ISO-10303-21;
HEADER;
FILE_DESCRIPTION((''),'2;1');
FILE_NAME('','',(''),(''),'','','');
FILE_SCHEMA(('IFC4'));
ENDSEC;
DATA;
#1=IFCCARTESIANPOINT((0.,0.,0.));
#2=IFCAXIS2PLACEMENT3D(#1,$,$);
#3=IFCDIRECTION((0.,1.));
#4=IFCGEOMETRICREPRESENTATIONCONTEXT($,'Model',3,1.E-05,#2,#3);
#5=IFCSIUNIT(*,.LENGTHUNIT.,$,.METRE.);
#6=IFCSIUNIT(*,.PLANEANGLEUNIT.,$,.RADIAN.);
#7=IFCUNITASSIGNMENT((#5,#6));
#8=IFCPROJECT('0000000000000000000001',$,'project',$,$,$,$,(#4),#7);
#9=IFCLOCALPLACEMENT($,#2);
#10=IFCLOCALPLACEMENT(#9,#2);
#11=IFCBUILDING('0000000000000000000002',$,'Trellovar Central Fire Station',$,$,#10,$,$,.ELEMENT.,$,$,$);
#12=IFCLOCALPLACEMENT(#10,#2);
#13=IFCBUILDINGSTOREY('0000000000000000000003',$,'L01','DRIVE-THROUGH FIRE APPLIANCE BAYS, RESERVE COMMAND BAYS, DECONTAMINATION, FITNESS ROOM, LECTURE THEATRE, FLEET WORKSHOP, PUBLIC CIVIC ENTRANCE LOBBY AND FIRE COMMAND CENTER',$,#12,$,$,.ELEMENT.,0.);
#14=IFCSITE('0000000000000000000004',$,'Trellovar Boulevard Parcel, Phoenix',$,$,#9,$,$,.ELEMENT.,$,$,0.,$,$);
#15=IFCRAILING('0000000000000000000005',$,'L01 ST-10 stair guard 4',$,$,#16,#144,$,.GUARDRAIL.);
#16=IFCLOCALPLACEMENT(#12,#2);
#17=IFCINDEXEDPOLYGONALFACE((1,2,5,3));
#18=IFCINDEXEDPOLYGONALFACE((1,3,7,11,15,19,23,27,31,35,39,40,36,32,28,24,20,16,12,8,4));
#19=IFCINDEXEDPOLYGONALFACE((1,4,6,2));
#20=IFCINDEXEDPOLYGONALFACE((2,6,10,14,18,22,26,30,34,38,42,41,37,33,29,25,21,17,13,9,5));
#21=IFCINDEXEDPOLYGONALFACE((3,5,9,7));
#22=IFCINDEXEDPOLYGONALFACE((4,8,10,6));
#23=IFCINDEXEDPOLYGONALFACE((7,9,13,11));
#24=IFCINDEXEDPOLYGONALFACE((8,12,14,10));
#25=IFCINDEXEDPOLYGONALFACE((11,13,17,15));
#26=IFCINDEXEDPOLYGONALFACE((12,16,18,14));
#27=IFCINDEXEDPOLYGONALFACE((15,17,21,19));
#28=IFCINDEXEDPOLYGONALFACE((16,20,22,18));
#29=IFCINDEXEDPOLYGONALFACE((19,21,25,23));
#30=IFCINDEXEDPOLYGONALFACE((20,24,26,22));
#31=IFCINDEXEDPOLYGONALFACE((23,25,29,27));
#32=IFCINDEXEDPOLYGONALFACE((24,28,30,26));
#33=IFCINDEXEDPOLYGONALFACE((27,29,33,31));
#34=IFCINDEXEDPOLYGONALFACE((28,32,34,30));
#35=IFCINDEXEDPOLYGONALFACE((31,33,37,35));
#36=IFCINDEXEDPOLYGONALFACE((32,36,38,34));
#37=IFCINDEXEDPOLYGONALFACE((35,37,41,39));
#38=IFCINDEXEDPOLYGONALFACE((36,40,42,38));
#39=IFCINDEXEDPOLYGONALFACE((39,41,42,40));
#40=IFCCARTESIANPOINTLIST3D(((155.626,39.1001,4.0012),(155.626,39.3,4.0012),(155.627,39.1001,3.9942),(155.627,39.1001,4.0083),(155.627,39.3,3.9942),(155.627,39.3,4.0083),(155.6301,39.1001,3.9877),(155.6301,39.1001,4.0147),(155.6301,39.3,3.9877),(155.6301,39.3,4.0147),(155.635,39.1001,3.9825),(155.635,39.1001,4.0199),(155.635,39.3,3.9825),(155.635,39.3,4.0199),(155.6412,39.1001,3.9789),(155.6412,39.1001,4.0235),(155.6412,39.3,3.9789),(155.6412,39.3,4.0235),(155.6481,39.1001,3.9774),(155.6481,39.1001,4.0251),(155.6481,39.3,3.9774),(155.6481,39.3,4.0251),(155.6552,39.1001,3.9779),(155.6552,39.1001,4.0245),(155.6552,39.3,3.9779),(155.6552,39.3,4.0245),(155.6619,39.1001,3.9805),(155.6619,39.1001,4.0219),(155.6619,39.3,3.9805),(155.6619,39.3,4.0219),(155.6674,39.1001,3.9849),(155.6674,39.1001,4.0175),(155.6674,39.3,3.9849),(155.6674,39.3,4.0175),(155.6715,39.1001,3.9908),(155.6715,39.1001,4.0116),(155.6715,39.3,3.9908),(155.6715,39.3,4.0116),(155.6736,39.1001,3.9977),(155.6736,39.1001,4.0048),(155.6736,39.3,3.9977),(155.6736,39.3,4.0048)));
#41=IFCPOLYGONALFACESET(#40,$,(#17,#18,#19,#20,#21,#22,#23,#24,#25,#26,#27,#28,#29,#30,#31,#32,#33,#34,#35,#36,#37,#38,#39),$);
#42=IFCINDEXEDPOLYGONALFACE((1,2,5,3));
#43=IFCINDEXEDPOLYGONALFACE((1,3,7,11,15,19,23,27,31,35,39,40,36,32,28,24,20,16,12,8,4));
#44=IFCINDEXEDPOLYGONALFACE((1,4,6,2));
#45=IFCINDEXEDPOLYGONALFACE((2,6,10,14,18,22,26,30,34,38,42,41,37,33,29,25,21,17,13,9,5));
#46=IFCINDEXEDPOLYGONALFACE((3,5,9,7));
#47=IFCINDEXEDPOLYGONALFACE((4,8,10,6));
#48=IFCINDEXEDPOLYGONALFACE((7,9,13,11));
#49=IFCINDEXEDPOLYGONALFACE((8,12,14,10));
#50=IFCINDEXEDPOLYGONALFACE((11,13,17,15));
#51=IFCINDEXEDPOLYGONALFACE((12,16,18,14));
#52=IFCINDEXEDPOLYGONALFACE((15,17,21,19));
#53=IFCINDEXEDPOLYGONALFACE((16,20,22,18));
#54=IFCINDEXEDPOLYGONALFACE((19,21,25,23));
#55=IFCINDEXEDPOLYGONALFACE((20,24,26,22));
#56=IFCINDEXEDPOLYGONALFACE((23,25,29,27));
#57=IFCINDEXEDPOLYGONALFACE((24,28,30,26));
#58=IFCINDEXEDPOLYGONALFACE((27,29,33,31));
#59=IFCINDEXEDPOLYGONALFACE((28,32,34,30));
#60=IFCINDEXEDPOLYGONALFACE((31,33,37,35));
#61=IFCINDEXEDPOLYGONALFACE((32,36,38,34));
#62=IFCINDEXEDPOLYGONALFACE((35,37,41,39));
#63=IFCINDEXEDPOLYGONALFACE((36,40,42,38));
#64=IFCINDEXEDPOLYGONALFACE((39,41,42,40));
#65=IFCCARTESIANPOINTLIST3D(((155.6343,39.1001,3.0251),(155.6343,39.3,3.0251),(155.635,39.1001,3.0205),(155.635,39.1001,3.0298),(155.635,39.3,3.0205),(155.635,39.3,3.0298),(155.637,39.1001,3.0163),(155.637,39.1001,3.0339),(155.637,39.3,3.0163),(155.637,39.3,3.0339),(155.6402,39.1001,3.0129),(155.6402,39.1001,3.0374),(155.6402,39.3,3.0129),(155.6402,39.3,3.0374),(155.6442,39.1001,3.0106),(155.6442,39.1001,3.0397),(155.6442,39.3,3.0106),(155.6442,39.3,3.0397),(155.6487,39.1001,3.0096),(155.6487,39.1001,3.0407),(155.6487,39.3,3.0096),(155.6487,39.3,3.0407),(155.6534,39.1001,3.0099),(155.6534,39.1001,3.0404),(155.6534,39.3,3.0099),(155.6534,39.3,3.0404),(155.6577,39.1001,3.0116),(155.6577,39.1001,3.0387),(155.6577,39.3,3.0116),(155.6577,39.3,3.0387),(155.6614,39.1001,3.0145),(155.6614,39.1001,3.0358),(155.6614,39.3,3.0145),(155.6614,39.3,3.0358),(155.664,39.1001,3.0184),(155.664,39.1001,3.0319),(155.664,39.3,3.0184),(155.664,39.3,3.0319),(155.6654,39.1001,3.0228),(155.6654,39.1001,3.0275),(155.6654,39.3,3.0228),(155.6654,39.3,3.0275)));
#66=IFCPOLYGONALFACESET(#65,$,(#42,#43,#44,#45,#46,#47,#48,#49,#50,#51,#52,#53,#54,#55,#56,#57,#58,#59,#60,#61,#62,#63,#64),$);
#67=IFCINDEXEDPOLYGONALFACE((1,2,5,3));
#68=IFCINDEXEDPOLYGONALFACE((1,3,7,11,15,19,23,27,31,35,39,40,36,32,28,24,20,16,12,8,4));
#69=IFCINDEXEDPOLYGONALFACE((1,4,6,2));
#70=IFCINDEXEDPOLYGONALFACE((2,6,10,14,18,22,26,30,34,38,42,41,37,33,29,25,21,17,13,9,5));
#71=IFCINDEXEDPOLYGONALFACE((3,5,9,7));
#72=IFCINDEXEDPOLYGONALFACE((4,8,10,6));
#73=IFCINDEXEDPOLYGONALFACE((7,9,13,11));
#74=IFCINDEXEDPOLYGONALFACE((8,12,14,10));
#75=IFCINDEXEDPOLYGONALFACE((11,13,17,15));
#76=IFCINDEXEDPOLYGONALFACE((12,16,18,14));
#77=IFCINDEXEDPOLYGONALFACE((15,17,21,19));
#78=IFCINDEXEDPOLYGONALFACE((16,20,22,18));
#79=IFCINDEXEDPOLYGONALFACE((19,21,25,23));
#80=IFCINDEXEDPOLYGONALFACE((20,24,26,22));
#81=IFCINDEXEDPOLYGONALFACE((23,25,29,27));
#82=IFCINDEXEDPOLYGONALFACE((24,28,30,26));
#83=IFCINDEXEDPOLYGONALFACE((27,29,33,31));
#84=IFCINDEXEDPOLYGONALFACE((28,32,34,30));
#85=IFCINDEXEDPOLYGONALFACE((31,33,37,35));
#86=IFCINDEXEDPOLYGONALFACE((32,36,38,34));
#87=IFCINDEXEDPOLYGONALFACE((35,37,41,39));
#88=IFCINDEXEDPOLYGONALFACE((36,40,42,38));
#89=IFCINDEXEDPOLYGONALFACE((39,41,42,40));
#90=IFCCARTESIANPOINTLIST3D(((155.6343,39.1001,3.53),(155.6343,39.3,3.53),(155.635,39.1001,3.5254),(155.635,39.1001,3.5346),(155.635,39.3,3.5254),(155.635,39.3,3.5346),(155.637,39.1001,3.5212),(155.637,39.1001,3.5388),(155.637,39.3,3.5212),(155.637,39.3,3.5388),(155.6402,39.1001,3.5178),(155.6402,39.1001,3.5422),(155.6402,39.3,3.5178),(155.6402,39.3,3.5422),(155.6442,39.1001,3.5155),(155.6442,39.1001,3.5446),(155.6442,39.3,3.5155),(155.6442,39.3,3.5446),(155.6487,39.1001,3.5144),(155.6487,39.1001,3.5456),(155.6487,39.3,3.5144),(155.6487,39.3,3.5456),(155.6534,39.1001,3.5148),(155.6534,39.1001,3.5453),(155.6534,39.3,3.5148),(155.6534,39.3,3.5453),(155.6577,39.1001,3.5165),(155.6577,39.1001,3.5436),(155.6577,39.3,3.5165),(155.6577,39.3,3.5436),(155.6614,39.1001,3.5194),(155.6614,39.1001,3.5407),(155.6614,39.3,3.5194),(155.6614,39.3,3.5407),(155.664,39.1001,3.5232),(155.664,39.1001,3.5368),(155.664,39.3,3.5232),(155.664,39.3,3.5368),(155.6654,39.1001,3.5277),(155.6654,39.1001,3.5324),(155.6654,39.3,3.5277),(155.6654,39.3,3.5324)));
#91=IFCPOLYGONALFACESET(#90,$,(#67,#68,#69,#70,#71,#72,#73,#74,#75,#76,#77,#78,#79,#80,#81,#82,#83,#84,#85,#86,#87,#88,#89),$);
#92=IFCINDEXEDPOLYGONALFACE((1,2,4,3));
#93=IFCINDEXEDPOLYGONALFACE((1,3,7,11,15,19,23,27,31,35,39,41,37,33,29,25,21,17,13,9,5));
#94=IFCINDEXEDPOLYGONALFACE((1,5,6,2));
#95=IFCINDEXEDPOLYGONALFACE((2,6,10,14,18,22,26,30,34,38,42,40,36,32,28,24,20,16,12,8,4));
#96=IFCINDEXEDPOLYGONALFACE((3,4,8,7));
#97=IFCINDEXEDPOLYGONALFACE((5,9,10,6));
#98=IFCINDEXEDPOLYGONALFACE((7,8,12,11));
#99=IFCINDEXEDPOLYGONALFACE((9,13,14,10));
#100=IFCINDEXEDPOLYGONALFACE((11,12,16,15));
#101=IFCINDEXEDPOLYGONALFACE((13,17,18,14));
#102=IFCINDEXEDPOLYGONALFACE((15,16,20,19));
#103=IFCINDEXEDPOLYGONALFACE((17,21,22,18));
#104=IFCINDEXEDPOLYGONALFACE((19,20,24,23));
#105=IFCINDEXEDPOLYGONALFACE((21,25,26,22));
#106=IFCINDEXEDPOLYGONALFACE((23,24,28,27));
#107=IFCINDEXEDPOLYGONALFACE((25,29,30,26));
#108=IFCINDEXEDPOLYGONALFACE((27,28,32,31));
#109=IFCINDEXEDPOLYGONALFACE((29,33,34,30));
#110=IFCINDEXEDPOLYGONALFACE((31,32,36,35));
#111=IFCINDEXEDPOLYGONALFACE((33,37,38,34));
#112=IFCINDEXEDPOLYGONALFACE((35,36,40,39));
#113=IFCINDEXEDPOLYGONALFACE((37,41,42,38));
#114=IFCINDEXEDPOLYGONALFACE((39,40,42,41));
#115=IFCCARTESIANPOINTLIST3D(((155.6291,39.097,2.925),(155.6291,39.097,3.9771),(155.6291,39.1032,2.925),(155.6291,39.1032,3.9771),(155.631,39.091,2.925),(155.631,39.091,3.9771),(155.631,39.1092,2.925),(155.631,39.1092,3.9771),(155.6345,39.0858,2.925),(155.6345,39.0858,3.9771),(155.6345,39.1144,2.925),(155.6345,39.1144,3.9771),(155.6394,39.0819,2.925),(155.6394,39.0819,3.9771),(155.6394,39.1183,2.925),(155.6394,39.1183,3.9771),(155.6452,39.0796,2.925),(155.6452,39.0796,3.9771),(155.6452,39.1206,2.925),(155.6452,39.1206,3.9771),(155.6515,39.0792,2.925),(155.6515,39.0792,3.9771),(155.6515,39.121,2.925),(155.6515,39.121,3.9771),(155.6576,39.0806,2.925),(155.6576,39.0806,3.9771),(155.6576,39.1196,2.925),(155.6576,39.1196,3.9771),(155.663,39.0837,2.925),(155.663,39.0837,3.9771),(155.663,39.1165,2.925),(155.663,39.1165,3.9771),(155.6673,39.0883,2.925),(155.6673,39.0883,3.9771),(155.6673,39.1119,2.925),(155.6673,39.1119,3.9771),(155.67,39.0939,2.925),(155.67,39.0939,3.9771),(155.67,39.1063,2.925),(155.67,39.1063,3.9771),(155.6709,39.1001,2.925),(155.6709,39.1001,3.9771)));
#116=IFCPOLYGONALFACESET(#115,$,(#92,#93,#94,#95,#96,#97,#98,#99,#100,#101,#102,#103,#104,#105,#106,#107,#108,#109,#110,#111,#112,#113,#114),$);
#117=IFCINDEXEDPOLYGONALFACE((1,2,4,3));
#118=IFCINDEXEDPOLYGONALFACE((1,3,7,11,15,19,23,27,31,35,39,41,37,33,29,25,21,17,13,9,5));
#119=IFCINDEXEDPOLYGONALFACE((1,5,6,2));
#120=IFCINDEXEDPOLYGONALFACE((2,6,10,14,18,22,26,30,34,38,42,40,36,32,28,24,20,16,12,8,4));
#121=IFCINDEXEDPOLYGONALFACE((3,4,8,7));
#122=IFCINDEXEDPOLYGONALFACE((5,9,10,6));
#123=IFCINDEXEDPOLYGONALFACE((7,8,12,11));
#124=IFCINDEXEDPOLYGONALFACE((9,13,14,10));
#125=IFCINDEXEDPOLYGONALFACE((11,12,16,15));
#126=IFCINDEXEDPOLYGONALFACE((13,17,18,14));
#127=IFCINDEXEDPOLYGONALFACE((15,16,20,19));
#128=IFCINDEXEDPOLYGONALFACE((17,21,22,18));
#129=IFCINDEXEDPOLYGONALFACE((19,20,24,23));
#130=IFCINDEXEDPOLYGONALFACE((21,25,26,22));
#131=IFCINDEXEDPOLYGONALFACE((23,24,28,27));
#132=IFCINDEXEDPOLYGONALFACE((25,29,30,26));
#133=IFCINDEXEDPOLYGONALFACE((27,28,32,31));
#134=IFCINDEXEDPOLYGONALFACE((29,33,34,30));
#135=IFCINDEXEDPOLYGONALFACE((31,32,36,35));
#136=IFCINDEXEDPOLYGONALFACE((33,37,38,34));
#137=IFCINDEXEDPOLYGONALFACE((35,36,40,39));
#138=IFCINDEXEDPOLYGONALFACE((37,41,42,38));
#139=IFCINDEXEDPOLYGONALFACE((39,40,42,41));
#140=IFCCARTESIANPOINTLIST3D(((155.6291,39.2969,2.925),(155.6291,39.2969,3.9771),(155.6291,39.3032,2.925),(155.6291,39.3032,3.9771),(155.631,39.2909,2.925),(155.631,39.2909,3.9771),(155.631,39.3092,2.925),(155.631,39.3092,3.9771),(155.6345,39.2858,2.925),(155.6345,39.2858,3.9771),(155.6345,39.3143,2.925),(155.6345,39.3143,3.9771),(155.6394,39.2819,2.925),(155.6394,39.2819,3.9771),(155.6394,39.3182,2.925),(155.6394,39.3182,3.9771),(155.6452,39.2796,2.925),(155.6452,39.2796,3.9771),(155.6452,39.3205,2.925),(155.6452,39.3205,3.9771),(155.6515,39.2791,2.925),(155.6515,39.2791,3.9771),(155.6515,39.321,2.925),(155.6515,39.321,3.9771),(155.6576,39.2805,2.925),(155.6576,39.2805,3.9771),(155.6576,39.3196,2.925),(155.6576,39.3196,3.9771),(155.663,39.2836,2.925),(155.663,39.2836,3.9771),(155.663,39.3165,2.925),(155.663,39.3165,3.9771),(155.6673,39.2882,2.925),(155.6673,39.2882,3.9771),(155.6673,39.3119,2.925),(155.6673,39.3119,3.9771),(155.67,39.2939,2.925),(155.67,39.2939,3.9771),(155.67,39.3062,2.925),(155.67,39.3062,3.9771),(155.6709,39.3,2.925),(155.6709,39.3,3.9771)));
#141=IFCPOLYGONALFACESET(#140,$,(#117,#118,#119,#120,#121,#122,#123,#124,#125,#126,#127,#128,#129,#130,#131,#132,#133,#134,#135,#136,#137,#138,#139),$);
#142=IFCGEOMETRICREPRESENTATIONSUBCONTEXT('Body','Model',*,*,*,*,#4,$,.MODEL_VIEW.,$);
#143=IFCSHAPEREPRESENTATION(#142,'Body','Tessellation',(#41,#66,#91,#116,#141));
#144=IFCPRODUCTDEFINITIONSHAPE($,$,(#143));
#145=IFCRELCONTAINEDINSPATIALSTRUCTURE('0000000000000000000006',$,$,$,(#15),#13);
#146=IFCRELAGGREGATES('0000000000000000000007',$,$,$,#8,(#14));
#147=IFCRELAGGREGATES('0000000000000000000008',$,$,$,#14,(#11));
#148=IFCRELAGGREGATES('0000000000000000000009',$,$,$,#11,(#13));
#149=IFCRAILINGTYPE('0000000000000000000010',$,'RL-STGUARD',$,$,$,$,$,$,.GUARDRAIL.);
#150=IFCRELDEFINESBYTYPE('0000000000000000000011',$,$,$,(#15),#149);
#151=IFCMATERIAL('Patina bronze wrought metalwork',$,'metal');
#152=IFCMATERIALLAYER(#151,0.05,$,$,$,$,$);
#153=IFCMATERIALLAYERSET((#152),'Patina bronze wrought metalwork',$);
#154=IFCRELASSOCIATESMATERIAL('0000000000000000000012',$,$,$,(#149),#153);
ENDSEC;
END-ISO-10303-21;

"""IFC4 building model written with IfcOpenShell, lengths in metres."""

from ifc_helpers import new_model, si_unit, direction, frame, origin, origin_2d, place, context, subcontext, project, spatial, circle, extrude, material, layer, layer_set, type_object, element, save


model = new_model("IFC4")

# Units and contexts
model_context = context("Model", 3, precision=1e-05, world=origin(), true_north=direction((0.0, 1.0)))
body_context = subcontext(model_context, "Body", "Model", "MODEL_VIEW")
ifc_project = project(units=[si_unit("LENGTHUNIT", "METRE"), si_unit("PLANEANGLEUNIT", "RADIAN")], contexts=[model_context])

# Site, building, storey
site_placement = place(None, origin())
site = spatial("IfcSite", under=ifc_project, at=site_placement, Name="Trellovar Boulevard Parcel, Phoenix", CompositionType="ELEMENT", RefElevation=0.0)
building_placement = place(site_placement, origin())
building = spatial("IfcBuilding", under=site, at=building_placement, Name="Trellovar Central Fire Station", CompositionType="ELEMENT")
storey_placement = place(building_placement, origin())
storey = spatial("IfcBuildingStorey", under=building, at=storey_placement, Name="L01", Description="DRIVE-THROUGH FIRE APPLIANCE BAYS, RESERVE COMMAND BAYS, DECONTAMINATION, FITNESS ROOM, LECTURE THEATRE, FLEET WORKSHOP, PUBLIC CIVIC ENTRANCE LOBBY AND FIRE COMMAND CENTER", CompositionType="ELEMENT", Elevation=0.0)

# Railing
ifc_material_1 = material(Name="Patina bronze wrought metalwork", Category="metal")
ifc_layer_1 = layer(ifc_material_1, 0.05)
ifc_layer_set_1 = layer_set([ifc_layer_1], Name="Patina bronze wrought metalwork")
railing_type_1 = type_object("IfcRailingType", Name="RL-STGUARD", PredefinedType="GUARDRAIL", material=ifc_layer_set_1)
for number, where, name in (
    (1, (155.6499, 39.1001, 2.925), "L01 ST-10 stair guard 4"),
):
    element("IfcRailing", number, at=place(storey_placement, frame(where)), inside=storey, type_object=railing_type_1, Name=name, PredefinedType="GUARDRAIL", context=body_context, shape_type="SweptSolid", body=[
        extrude(circle(Radius=0.0239, at=origin_2d()), frame((0.0, 0.0, 1.0762), z_axis=(0.0, 1.0, 0.0), x_axis=(-1.0, 0.0, 0.0)), (0.0, 0.0, 1.0), 0.2),
        extrude(circle(Radius=0.0156, at=origin_2d()), frame((0.0, 0.0, 0.1001), z_axis=(0.0, 1.0, 0.0), x_axis=(-1.0, 0.0, 0.0)), (0.0, 0.0, 1.0), 0.2),
        extrude(circle(Radius=0.0156, at=origin_2d()), frame((0.0, 0.0, 0.605), z_axis=(0.0, 1.0, 0.0), x_axis=(-1.0, 0.0, 0.0)), (0.0, 0.0, 1.0), 0.2),
        extrude(circle(Radius=0.021, at=origin_2d()), origin(), (0.0, 0.0, 1.0), 1.052),
        extrude(circle(Radius=0.021, at=origin_2d()), frame((0.0, 0.2, 0.0)), (0.0, 0.0, 1.0), 1.052),
    ])

save(model, "model.ifc")
